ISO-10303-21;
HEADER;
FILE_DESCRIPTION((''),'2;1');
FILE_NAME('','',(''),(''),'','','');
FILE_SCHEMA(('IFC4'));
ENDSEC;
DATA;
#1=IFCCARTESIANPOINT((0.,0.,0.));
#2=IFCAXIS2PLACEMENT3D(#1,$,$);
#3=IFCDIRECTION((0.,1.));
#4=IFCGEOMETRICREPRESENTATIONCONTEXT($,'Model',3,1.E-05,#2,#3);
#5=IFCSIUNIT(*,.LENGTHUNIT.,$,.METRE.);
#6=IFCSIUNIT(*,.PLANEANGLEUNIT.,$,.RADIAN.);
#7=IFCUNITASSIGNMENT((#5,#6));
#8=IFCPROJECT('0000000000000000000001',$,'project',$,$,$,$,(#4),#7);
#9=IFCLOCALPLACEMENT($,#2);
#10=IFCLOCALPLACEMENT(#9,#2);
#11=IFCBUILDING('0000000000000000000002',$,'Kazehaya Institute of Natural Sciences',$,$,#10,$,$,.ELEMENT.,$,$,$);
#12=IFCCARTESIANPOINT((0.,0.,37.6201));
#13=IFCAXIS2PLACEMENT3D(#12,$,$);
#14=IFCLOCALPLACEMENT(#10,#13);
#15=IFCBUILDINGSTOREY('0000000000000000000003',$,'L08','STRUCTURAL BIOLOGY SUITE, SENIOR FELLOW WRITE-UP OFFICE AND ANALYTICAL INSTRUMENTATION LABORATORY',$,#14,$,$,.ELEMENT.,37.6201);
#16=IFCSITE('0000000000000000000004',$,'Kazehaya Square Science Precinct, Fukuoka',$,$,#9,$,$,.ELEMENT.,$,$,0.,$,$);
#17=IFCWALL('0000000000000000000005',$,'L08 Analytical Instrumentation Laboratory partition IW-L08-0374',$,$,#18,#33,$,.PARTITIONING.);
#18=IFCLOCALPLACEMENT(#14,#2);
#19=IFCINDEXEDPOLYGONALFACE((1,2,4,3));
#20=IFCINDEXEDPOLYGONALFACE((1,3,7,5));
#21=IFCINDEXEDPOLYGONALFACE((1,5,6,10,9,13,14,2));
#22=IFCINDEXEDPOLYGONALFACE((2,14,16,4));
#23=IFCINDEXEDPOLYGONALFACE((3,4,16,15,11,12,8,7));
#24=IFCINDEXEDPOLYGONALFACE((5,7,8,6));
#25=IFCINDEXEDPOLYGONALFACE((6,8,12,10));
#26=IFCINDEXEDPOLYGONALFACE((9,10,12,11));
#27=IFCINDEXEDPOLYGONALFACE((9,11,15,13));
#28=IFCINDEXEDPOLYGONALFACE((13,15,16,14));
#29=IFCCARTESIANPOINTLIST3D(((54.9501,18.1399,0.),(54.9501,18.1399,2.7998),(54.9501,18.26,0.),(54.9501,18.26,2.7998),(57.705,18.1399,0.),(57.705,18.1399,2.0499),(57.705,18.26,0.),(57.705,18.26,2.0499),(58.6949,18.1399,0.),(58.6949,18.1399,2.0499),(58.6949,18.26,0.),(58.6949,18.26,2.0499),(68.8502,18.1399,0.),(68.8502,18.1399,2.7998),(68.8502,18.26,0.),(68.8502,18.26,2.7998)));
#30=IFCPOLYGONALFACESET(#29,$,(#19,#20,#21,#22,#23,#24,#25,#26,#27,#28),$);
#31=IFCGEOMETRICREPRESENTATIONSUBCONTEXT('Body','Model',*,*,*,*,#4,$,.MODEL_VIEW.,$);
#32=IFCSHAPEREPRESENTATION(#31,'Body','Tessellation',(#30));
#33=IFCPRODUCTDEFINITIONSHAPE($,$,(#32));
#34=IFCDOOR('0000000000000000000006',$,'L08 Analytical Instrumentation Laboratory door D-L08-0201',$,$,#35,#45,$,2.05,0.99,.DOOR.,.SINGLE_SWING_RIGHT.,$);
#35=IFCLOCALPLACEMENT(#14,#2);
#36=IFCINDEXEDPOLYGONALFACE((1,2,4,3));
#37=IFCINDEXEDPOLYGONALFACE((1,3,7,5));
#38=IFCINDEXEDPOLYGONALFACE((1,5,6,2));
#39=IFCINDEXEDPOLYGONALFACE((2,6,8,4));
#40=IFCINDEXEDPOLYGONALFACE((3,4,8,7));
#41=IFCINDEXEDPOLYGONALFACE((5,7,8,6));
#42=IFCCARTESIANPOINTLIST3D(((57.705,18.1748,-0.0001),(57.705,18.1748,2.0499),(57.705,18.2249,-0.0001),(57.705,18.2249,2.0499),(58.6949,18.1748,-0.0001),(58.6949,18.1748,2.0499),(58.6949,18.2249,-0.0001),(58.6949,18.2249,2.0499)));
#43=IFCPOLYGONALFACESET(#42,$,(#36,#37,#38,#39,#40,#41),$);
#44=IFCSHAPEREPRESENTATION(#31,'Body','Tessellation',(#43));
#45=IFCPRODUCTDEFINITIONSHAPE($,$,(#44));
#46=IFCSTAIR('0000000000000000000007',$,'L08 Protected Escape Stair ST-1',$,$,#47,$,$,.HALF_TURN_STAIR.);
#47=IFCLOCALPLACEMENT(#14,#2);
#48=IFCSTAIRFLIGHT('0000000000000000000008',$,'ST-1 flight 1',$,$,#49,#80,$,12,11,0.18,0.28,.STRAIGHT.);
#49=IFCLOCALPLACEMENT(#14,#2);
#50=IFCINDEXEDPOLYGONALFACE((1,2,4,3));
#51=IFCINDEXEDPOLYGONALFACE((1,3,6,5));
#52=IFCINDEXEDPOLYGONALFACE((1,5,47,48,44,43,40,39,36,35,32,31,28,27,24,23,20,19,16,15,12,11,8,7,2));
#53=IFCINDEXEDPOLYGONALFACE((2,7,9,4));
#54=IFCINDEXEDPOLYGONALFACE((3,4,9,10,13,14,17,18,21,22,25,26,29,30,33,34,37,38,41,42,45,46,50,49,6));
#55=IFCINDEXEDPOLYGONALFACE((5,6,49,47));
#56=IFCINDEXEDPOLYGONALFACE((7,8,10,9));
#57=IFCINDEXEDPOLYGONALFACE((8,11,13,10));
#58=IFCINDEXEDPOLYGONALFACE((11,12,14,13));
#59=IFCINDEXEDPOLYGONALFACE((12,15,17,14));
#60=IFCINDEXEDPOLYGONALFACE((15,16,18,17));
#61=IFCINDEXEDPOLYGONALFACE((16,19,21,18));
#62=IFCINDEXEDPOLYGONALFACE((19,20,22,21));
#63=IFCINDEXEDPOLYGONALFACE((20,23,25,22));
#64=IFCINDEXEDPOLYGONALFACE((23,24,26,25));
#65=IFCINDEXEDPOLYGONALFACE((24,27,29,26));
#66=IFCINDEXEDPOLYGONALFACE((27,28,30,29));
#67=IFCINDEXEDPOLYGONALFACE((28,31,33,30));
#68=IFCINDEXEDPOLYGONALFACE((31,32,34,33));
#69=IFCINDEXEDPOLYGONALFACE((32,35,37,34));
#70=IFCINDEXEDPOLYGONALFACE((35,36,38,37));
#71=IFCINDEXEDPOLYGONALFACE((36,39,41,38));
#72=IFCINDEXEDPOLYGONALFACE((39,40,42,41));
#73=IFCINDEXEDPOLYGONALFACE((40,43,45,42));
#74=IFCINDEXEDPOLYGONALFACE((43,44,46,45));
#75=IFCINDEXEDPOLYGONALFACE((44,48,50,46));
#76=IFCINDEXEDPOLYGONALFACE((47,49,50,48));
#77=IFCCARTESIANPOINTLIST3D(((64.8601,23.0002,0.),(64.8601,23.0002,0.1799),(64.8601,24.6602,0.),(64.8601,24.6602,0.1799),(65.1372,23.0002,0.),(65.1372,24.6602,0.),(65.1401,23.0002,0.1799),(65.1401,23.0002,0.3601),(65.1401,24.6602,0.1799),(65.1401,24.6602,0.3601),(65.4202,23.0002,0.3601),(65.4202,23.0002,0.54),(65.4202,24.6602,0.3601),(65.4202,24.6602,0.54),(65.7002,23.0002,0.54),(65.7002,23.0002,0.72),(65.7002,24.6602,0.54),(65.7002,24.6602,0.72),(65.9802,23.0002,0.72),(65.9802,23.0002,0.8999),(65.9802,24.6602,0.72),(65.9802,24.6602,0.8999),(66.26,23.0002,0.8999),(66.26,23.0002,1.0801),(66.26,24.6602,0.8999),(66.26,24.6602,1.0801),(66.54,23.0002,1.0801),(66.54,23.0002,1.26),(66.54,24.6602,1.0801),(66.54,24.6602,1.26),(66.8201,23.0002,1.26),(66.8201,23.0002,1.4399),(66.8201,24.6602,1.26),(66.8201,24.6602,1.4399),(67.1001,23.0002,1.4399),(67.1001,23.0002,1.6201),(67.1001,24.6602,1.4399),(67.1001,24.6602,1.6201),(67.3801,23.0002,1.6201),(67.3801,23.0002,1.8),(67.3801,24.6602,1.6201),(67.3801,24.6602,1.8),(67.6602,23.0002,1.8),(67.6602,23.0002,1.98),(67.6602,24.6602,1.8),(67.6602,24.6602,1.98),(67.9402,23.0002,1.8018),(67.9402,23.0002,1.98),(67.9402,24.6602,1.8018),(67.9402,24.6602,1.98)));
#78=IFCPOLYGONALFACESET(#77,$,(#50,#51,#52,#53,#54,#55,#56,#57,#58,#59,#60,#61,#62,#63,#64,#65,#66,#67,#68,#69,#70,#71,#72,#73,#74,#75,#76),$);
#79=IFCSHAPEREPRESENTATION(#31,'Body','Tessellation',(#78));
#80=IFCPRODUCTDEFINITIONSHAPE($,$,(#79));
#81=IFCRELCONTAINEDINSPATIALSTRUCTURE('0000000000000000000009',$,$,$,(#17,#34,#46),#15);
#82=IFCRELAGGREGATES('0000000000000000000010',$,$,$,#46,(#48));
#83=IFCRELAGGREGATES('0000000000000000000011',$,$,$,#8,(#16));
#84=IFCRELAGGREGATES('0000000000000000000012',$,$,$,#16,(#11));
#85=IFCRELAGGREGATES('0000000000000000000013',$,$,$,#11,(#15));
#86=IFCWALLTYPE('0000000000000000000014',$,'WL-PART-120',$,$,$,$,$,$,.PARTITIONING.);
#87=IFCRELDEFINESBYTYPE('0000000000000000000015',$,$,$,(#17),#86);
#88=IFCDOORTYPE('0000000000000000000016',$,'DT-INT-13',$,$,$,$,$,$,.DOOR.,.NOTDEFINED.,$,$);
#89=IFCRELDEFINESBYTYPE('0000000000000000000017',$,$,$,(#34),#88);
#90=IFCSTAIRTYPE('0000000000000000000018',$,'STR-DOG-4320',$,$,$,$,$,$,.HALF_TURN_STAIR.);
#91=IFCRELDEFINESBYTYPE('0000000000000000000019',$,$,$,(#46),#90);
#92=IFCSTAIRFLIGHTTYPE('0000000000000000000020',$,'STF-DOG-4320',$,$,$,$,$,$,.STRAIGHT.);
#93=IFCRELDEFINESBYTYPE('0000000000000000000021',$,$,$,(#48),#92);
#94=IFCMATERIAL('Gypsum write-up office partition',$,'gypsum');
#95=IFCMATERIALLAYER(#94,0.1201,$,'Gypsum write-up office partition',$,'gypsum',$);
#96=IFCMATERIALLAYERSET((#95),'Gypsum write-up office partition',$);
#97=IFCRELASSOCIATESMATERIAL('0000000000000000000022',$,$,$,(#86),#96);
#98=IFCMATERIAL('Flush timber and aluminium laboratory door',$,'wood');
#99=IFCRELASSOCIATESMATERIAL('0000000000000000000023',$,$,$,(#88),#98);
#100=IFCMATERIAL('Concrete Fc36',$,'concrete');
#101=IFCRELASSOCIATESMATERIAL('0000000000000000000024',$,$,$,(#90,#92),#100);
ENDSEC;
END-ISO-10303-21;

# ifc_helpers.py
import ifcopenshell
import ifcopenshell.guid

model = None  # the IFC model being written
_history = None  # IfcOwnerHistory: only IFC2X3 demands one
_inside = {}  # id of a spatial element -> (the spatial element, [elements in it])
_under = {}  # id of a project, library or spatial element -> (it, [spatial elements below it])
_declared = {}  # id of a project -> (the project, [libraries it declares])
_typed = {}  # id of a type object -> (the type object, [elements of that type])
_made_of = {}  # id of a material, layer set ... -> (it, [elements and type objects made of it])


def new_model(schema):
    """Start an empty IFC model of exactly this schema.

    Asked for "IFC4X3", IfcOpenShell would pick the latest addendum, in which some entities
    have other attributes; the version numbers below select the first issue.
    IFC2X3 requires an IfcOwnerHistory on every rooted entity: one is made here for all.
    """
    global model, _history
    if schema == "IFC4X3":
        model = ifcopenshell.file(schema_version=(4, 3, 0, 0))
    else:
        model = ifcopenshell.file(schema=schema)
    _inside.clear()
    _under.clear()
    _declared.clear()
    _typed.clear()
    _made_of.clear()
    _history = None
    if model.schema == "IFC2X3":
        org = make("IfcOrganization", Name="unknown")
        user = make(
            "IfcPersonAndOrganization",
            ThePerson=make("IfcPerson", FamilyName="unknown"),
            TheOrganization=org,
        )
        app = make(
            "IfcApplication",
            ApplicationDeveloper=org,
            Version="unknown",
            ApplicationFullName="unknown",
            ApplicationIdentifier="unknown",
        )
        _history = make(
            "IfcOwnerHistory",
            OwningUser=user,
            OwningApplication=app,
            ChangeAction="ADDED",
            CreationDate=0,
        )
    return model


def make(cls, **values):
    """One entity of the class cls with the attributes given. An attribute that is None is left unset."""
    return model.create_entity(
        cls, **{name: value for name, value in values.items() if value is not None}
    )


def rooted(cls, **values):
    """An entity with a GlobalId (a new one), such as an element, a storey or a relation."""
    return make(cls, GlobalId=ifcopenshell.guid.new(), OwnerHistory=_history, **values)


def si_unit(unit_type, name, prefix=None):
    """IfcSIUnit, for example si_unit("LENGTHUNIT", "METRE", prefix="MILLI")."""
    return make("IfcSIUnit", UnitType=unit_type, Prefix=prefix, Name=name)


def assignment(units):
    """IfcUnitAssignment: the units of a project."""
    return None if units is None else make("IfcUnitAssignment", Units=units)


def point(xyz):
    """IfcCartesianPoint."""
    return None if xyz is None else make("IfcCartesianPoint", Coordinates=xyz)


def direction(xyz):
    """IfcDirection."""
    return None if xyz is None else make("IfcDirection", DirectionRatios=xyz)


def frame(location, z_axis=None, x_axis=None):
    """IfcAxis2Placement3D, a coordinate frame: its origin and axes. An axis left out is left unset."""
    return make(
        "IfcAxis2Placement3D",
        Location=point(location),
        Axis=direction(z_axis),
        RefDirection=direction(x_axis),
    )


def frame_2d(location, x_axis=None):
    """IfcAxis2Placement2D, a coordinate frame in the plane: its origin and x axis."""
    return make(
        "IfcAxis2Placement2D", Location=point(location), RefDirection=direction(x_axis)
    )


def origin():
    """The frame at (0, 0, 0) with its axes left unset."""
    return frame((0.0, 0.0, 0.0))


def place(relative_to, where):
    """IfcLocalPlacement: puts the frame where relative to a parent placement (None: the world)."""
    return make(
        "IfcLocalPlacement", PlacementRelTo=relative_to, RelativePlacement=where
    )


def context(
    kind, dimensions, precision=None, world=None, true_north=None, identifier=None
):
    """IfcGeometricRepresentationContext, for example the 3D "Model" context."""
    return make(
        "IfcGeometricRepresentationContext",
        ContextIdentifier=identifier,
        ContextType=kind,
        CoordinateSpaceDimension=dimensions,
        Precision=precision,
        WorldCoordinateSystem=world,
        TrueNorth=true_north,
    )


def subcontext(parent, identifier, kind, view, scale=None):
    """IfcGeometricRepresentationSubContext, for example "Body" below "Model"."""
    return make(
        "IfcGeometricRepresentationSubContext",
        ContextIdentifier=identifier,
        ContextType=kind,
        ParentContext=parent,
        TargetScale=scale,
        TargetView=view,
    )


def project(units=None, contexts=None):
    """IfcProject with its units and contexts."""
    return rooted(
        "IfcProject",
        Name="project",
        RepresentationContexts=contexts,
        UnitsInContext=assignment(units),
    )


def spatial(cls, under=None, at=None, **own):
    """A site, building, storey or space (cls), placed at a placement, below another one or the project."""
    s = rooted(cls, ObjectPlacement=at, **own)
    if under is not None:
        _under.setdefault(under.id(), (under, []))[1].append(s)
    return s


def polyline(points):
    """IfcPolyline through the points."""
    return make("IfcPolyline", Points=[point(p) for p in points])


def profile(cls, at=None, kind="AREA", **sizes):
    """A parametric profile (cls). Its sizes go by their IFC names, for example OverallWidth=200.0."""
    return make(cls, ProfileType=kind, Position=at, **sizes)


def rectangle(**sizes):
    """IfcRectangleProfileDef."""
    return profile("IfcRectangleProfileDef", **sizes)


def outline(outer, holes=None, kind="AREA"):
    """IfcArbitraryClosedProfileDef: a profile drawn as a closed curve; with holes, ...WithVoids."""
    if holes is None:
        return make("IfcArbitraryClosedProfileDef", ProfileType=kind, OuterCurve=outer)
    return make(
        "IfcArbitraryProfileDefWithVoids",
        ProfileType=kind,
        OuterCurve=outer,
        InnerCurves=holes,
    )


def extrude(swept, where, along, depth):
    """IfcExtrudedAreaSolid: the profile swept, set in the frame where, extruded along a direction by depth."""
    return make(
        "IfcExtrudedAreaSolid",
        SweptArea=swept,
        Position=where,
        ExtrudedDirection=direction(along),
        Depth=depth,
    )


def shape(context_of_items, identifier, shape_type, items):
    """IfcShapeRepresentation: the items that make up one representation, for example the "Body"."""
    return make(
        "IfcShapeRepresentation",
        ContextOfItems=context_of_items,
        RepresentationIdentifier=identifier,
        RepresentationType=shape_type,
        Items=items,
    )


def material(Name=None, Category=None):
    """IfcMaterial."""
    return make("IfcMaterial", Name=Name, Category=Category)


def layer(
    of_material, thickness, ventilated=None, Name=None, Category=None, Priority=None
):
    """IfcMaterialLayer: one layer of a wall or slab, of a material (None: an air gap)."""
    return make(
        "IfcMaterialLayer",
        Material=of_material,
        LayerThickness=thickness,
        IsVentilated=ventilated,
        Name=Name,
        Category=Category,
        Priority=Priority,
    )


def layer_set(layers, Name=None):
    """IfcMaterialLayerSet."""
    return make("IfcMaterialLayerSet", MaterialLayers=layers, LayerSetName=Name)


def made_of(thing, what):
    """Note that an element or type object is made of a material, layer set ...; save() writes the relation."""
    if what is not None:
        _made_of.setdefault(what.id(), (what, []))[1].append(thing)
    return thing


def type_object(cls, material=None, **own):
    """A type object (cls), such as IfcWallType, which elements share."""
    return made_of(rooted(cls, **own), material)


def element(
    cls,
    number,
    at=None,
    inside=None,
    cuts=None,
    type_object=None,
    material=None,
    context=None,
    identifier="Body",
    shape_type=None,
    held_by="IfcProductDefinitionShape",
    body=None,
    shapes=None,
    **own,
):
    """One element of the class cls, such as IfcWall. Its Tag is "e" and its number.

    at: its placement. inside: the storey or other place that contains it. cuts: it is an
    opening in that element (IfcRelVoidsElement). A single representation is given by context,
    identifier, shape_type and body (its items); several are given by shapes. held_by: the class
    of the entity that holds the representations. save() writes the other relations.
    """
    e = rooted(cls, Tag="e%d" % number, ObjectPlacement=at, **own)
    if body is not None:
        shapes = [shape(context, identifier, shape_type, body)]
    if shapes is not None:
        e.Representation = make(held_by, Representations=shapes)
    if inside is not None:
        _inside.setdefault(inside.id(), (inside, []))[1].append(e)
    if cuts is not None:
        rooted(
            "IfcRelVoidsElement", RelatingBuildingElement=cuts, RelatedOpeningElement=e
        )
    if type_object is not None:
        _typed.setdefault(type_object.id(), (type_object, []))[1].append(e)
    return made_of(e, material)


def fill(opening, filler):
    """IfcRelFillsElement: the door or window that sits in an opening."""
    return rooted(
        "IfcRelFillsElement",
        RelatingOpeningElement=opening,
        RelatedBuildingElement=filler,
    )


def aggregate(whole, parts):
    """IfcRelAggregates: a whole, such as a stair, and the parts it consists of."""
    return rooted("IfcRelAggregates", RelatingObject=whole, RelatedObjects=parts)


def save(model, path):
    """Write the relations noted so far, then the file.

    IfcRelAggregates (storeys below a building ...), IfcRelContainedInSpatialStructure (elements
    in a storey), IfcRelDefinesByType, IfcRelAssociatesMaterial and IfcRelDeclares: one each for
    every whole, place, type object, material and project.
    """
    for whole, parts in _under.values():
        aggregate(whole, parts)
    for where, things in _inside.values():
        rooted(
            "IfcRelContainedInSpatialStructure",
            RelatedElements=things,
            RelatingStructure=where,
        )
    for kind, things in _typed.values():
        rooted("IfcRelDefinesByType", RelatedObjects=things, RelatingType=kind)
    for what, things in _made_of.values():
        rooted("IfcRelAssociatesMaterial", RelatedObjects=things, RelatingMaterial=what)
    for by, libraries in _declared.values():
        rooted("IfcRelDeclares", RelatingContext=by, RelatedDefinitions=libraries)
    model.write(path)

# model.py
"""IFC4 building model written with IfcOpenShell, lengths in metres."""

from ifc_helpers import new_model, si_unit, direction, frame, frame_2d, origin, place, context, subcontext, project, spatial, polyline, rectangle, outline, extrude, material, layer, layer_set, type_object, element, fill, aggregate, save


model = new_model("IFC4")

# Units and contexts
model_context = context("Model", 3, precision=1e-05, world=origin(), true_north=direction((0.0, 1.0)))
body_context = subcontext(model_context, "Body", "Model", "MODEL_VIEW")
ifc_project = project(units=[si_unit("LENGTHUNIT", "METRE"), si_unit("PLANEANGLEUNIT", "RADIAN")], contexts=[model_context])

# Site, building, storey
site_placement = place(None, origin())
site = spatial("IfcSite", under=ifc_project, at=site_placement, Name="Kazehaya Square Science Precinct, Fukuoka", CompositionType="ELEMENT", RefElevation=0.0)
building_placement = place(site_placement, origin())
building = spatial("IfcBuilding", under=site, at=building_placement, Name="Kazehaya Institute of Natural Sciences", CompositionType="ELEMENT")
storey_placement = place(building_placement, frame((0.0, 0.0, 37.6201)))
storey = spatial("IfcBuildingStorey", under=building, at=storey_placement, Name="L08", Description="STRUCTURAL BIOLOGY SUITE, SENIOR FELLOW WRITE-UP OFFICE AND ANALYTICAL INSTRUMENTATION LABORATORY", CompositionType="ELEMENT", Elevation=37.6201)

# Shared definitions
ifc_material_1 = material(Name="Concrete Fc36", Category="concrete")

# Wall, opening, door
ifc_material_2 = material(Name="Gypsum write-up office partition", Category="gypsum")
ifc_layer_1 = layer(ifc_material_2, 0.1201, Name="Gypsum write-up office partition", Category="gypsum")
ifc_layer_set_1 = layer_set([ifc_layer_1], Name="Gypsum write-up office partition")
wall_type_1 = type_object("IfcWallType", Name="WL-PART-120", PredefinedType="PARTITIONING", material=ifc_layer_set_1)
wall_1_placement = place(storey_placement, frame((54.95, 18.2, 0.0), z_axis=(0.0, 0.0, 1.0), x_axis=(1.0, 0.0, 0.0)))
wall_1 = element("IfcWall", 1, at=wall_1_placement, inside=storey, type_object=wall_type_1, Name="L08 Analytical Instrumentation Laboratory partition IW-L08-0374", PredefinedType="PARTITIONING", context=body_context, shape_type="SweptSolid", body=[
    extrude(rectangle(XDim=13.9001, YDim=0.1201, at=frame_2d((6.9502, 0.0))), origin(), (0.0, 0.0, 1.0), 2.7998),
])
opening_1_placement = place(wall_1_placement, frame((2.7549, 0.0, 0.0)))
opening_1 = element("IfcOpeningElement", 2, at=opening_1_placement, cuts=wall_1, PredefinedType="OPENING", context=body_context, shape_type="SweptSolid", body=[
    extrude(rectangle(XDim=0.99, YDim=2.05, at=frame_2d((0.4951, 1.0249))), frame((0.0, 0.0701, 0.0), z_axis=(0.0, -1.0, 0.0), x_axis=(1.0, 0.0, 0.0)), (0.0, 0.0, 1.0), 0.1401),
])
ifc_material_3 = material(Name="Flush timber and aluminium laboratory door", Category="wood")
door_type_1 = type_object("IfcDoorType", Name="DT-INT-13", OperationType="NOTDEFINED", PredefinedType="DOOR", material=ifc_material_3)
door_1_placement = place(opening_1_placement, origin())
door_1 = element("IfcDoor", 3, at=door_1_placement, inside=storey, type_object=door_type_1, Name="L08 Analytical Instrumentation Laboratory door D-L08-0201", OperationType="SINGLE_SWING_RIGHT", OverallHeight=2.05, OverallWidth=0.99, PredefinedType="DOOR", context=body_context, shape_type="SweptSolid", body=[
    extrude(rectangle(XDim=0.99, YDim=2.05, at=frame_2d((0.4951, 1.0249))), frame((0.0, 0.0249, 0.0), z_axis=(0.0, -1.0, 0.0), x_axis=(1.0, 0.0, 0.0)), (0.0, 0.0, 1.0), 0.05),
])
fill(opening_1, door_1)

# Stair, stair flight
stair_type = type_object("IfcStairType", Name="STR-DOG-4320", PredefinedType="HALF_TURN_STAIR", material=ifc_material_1)
stair_placement = place(storey_placement, origin())
stair = element("IfcStair", 4, at=stair_placement, inside=storey, type_object=stair_type, Name="L08 Protected Escape Stair ST-1", PredefinedType="HALF_TURN_STAIR")
stair_flight_type = type_object("IfcStairFlightType", Name="STF-DOG-4320", PredefinedType="STRAIGHT", material=ifc_material_1)
stair_flight_placement = place(storey_placement, frame((64.8601, 23.8301, 0.0), z_axis=(0.0, 0.0, 1.0), x_axis=(1.0, 0.0, 0.0)))
stair_flight = element("IfcStairFlight", 5, at=stair_flight_placement, type_object=stair_flight_type, Name="ST-1 flight 1", NumberOfRisers=12, NumberOfTreads=11, PredefinedType="STRAIGHT", RiserHeight=0.18, TreadLength=0.28, context=body_context, shape_type="SweptSolid", body=[
    extrude(outline(polyline([(0.0, 0.0), (0.0, 0.1799), (0.28, 0.1799), (0.28, 0.3601), (0.5601, 0.3601), (0.5601, 0.54), (0.8401, 0.54), (0.8401, 0.72), (1.1201, 0.72), (1.1201, 0.8999), (1.3999, 0.8999), (1.3999, 1.0801), (1.6799, 1.0801), (1.6799, 1.26), (1.96, 1.26), (1.96, 1.4399), (2.24, 1.4399), (2.24, 1.6201), (2.52, 1.6201), (2.52, 1.8), (2.8, 1.8), (2.8, 1.98), (3.0801, 1.98), (3.0801, 2.1599), (3.0801, 1.8018), (0.2771, 0.0), (0.0, 0.0)])), frame((0.0, 0.8301, 0.0), z_axis=(0.0, -1.0, 0.0), x_axis=(1.0, 0.0, 0.0)), (0.0, 0.0, 1.0), 1.6599),
])
aggregate(stair, [stair_flight])

save(model, "model.ifc")
